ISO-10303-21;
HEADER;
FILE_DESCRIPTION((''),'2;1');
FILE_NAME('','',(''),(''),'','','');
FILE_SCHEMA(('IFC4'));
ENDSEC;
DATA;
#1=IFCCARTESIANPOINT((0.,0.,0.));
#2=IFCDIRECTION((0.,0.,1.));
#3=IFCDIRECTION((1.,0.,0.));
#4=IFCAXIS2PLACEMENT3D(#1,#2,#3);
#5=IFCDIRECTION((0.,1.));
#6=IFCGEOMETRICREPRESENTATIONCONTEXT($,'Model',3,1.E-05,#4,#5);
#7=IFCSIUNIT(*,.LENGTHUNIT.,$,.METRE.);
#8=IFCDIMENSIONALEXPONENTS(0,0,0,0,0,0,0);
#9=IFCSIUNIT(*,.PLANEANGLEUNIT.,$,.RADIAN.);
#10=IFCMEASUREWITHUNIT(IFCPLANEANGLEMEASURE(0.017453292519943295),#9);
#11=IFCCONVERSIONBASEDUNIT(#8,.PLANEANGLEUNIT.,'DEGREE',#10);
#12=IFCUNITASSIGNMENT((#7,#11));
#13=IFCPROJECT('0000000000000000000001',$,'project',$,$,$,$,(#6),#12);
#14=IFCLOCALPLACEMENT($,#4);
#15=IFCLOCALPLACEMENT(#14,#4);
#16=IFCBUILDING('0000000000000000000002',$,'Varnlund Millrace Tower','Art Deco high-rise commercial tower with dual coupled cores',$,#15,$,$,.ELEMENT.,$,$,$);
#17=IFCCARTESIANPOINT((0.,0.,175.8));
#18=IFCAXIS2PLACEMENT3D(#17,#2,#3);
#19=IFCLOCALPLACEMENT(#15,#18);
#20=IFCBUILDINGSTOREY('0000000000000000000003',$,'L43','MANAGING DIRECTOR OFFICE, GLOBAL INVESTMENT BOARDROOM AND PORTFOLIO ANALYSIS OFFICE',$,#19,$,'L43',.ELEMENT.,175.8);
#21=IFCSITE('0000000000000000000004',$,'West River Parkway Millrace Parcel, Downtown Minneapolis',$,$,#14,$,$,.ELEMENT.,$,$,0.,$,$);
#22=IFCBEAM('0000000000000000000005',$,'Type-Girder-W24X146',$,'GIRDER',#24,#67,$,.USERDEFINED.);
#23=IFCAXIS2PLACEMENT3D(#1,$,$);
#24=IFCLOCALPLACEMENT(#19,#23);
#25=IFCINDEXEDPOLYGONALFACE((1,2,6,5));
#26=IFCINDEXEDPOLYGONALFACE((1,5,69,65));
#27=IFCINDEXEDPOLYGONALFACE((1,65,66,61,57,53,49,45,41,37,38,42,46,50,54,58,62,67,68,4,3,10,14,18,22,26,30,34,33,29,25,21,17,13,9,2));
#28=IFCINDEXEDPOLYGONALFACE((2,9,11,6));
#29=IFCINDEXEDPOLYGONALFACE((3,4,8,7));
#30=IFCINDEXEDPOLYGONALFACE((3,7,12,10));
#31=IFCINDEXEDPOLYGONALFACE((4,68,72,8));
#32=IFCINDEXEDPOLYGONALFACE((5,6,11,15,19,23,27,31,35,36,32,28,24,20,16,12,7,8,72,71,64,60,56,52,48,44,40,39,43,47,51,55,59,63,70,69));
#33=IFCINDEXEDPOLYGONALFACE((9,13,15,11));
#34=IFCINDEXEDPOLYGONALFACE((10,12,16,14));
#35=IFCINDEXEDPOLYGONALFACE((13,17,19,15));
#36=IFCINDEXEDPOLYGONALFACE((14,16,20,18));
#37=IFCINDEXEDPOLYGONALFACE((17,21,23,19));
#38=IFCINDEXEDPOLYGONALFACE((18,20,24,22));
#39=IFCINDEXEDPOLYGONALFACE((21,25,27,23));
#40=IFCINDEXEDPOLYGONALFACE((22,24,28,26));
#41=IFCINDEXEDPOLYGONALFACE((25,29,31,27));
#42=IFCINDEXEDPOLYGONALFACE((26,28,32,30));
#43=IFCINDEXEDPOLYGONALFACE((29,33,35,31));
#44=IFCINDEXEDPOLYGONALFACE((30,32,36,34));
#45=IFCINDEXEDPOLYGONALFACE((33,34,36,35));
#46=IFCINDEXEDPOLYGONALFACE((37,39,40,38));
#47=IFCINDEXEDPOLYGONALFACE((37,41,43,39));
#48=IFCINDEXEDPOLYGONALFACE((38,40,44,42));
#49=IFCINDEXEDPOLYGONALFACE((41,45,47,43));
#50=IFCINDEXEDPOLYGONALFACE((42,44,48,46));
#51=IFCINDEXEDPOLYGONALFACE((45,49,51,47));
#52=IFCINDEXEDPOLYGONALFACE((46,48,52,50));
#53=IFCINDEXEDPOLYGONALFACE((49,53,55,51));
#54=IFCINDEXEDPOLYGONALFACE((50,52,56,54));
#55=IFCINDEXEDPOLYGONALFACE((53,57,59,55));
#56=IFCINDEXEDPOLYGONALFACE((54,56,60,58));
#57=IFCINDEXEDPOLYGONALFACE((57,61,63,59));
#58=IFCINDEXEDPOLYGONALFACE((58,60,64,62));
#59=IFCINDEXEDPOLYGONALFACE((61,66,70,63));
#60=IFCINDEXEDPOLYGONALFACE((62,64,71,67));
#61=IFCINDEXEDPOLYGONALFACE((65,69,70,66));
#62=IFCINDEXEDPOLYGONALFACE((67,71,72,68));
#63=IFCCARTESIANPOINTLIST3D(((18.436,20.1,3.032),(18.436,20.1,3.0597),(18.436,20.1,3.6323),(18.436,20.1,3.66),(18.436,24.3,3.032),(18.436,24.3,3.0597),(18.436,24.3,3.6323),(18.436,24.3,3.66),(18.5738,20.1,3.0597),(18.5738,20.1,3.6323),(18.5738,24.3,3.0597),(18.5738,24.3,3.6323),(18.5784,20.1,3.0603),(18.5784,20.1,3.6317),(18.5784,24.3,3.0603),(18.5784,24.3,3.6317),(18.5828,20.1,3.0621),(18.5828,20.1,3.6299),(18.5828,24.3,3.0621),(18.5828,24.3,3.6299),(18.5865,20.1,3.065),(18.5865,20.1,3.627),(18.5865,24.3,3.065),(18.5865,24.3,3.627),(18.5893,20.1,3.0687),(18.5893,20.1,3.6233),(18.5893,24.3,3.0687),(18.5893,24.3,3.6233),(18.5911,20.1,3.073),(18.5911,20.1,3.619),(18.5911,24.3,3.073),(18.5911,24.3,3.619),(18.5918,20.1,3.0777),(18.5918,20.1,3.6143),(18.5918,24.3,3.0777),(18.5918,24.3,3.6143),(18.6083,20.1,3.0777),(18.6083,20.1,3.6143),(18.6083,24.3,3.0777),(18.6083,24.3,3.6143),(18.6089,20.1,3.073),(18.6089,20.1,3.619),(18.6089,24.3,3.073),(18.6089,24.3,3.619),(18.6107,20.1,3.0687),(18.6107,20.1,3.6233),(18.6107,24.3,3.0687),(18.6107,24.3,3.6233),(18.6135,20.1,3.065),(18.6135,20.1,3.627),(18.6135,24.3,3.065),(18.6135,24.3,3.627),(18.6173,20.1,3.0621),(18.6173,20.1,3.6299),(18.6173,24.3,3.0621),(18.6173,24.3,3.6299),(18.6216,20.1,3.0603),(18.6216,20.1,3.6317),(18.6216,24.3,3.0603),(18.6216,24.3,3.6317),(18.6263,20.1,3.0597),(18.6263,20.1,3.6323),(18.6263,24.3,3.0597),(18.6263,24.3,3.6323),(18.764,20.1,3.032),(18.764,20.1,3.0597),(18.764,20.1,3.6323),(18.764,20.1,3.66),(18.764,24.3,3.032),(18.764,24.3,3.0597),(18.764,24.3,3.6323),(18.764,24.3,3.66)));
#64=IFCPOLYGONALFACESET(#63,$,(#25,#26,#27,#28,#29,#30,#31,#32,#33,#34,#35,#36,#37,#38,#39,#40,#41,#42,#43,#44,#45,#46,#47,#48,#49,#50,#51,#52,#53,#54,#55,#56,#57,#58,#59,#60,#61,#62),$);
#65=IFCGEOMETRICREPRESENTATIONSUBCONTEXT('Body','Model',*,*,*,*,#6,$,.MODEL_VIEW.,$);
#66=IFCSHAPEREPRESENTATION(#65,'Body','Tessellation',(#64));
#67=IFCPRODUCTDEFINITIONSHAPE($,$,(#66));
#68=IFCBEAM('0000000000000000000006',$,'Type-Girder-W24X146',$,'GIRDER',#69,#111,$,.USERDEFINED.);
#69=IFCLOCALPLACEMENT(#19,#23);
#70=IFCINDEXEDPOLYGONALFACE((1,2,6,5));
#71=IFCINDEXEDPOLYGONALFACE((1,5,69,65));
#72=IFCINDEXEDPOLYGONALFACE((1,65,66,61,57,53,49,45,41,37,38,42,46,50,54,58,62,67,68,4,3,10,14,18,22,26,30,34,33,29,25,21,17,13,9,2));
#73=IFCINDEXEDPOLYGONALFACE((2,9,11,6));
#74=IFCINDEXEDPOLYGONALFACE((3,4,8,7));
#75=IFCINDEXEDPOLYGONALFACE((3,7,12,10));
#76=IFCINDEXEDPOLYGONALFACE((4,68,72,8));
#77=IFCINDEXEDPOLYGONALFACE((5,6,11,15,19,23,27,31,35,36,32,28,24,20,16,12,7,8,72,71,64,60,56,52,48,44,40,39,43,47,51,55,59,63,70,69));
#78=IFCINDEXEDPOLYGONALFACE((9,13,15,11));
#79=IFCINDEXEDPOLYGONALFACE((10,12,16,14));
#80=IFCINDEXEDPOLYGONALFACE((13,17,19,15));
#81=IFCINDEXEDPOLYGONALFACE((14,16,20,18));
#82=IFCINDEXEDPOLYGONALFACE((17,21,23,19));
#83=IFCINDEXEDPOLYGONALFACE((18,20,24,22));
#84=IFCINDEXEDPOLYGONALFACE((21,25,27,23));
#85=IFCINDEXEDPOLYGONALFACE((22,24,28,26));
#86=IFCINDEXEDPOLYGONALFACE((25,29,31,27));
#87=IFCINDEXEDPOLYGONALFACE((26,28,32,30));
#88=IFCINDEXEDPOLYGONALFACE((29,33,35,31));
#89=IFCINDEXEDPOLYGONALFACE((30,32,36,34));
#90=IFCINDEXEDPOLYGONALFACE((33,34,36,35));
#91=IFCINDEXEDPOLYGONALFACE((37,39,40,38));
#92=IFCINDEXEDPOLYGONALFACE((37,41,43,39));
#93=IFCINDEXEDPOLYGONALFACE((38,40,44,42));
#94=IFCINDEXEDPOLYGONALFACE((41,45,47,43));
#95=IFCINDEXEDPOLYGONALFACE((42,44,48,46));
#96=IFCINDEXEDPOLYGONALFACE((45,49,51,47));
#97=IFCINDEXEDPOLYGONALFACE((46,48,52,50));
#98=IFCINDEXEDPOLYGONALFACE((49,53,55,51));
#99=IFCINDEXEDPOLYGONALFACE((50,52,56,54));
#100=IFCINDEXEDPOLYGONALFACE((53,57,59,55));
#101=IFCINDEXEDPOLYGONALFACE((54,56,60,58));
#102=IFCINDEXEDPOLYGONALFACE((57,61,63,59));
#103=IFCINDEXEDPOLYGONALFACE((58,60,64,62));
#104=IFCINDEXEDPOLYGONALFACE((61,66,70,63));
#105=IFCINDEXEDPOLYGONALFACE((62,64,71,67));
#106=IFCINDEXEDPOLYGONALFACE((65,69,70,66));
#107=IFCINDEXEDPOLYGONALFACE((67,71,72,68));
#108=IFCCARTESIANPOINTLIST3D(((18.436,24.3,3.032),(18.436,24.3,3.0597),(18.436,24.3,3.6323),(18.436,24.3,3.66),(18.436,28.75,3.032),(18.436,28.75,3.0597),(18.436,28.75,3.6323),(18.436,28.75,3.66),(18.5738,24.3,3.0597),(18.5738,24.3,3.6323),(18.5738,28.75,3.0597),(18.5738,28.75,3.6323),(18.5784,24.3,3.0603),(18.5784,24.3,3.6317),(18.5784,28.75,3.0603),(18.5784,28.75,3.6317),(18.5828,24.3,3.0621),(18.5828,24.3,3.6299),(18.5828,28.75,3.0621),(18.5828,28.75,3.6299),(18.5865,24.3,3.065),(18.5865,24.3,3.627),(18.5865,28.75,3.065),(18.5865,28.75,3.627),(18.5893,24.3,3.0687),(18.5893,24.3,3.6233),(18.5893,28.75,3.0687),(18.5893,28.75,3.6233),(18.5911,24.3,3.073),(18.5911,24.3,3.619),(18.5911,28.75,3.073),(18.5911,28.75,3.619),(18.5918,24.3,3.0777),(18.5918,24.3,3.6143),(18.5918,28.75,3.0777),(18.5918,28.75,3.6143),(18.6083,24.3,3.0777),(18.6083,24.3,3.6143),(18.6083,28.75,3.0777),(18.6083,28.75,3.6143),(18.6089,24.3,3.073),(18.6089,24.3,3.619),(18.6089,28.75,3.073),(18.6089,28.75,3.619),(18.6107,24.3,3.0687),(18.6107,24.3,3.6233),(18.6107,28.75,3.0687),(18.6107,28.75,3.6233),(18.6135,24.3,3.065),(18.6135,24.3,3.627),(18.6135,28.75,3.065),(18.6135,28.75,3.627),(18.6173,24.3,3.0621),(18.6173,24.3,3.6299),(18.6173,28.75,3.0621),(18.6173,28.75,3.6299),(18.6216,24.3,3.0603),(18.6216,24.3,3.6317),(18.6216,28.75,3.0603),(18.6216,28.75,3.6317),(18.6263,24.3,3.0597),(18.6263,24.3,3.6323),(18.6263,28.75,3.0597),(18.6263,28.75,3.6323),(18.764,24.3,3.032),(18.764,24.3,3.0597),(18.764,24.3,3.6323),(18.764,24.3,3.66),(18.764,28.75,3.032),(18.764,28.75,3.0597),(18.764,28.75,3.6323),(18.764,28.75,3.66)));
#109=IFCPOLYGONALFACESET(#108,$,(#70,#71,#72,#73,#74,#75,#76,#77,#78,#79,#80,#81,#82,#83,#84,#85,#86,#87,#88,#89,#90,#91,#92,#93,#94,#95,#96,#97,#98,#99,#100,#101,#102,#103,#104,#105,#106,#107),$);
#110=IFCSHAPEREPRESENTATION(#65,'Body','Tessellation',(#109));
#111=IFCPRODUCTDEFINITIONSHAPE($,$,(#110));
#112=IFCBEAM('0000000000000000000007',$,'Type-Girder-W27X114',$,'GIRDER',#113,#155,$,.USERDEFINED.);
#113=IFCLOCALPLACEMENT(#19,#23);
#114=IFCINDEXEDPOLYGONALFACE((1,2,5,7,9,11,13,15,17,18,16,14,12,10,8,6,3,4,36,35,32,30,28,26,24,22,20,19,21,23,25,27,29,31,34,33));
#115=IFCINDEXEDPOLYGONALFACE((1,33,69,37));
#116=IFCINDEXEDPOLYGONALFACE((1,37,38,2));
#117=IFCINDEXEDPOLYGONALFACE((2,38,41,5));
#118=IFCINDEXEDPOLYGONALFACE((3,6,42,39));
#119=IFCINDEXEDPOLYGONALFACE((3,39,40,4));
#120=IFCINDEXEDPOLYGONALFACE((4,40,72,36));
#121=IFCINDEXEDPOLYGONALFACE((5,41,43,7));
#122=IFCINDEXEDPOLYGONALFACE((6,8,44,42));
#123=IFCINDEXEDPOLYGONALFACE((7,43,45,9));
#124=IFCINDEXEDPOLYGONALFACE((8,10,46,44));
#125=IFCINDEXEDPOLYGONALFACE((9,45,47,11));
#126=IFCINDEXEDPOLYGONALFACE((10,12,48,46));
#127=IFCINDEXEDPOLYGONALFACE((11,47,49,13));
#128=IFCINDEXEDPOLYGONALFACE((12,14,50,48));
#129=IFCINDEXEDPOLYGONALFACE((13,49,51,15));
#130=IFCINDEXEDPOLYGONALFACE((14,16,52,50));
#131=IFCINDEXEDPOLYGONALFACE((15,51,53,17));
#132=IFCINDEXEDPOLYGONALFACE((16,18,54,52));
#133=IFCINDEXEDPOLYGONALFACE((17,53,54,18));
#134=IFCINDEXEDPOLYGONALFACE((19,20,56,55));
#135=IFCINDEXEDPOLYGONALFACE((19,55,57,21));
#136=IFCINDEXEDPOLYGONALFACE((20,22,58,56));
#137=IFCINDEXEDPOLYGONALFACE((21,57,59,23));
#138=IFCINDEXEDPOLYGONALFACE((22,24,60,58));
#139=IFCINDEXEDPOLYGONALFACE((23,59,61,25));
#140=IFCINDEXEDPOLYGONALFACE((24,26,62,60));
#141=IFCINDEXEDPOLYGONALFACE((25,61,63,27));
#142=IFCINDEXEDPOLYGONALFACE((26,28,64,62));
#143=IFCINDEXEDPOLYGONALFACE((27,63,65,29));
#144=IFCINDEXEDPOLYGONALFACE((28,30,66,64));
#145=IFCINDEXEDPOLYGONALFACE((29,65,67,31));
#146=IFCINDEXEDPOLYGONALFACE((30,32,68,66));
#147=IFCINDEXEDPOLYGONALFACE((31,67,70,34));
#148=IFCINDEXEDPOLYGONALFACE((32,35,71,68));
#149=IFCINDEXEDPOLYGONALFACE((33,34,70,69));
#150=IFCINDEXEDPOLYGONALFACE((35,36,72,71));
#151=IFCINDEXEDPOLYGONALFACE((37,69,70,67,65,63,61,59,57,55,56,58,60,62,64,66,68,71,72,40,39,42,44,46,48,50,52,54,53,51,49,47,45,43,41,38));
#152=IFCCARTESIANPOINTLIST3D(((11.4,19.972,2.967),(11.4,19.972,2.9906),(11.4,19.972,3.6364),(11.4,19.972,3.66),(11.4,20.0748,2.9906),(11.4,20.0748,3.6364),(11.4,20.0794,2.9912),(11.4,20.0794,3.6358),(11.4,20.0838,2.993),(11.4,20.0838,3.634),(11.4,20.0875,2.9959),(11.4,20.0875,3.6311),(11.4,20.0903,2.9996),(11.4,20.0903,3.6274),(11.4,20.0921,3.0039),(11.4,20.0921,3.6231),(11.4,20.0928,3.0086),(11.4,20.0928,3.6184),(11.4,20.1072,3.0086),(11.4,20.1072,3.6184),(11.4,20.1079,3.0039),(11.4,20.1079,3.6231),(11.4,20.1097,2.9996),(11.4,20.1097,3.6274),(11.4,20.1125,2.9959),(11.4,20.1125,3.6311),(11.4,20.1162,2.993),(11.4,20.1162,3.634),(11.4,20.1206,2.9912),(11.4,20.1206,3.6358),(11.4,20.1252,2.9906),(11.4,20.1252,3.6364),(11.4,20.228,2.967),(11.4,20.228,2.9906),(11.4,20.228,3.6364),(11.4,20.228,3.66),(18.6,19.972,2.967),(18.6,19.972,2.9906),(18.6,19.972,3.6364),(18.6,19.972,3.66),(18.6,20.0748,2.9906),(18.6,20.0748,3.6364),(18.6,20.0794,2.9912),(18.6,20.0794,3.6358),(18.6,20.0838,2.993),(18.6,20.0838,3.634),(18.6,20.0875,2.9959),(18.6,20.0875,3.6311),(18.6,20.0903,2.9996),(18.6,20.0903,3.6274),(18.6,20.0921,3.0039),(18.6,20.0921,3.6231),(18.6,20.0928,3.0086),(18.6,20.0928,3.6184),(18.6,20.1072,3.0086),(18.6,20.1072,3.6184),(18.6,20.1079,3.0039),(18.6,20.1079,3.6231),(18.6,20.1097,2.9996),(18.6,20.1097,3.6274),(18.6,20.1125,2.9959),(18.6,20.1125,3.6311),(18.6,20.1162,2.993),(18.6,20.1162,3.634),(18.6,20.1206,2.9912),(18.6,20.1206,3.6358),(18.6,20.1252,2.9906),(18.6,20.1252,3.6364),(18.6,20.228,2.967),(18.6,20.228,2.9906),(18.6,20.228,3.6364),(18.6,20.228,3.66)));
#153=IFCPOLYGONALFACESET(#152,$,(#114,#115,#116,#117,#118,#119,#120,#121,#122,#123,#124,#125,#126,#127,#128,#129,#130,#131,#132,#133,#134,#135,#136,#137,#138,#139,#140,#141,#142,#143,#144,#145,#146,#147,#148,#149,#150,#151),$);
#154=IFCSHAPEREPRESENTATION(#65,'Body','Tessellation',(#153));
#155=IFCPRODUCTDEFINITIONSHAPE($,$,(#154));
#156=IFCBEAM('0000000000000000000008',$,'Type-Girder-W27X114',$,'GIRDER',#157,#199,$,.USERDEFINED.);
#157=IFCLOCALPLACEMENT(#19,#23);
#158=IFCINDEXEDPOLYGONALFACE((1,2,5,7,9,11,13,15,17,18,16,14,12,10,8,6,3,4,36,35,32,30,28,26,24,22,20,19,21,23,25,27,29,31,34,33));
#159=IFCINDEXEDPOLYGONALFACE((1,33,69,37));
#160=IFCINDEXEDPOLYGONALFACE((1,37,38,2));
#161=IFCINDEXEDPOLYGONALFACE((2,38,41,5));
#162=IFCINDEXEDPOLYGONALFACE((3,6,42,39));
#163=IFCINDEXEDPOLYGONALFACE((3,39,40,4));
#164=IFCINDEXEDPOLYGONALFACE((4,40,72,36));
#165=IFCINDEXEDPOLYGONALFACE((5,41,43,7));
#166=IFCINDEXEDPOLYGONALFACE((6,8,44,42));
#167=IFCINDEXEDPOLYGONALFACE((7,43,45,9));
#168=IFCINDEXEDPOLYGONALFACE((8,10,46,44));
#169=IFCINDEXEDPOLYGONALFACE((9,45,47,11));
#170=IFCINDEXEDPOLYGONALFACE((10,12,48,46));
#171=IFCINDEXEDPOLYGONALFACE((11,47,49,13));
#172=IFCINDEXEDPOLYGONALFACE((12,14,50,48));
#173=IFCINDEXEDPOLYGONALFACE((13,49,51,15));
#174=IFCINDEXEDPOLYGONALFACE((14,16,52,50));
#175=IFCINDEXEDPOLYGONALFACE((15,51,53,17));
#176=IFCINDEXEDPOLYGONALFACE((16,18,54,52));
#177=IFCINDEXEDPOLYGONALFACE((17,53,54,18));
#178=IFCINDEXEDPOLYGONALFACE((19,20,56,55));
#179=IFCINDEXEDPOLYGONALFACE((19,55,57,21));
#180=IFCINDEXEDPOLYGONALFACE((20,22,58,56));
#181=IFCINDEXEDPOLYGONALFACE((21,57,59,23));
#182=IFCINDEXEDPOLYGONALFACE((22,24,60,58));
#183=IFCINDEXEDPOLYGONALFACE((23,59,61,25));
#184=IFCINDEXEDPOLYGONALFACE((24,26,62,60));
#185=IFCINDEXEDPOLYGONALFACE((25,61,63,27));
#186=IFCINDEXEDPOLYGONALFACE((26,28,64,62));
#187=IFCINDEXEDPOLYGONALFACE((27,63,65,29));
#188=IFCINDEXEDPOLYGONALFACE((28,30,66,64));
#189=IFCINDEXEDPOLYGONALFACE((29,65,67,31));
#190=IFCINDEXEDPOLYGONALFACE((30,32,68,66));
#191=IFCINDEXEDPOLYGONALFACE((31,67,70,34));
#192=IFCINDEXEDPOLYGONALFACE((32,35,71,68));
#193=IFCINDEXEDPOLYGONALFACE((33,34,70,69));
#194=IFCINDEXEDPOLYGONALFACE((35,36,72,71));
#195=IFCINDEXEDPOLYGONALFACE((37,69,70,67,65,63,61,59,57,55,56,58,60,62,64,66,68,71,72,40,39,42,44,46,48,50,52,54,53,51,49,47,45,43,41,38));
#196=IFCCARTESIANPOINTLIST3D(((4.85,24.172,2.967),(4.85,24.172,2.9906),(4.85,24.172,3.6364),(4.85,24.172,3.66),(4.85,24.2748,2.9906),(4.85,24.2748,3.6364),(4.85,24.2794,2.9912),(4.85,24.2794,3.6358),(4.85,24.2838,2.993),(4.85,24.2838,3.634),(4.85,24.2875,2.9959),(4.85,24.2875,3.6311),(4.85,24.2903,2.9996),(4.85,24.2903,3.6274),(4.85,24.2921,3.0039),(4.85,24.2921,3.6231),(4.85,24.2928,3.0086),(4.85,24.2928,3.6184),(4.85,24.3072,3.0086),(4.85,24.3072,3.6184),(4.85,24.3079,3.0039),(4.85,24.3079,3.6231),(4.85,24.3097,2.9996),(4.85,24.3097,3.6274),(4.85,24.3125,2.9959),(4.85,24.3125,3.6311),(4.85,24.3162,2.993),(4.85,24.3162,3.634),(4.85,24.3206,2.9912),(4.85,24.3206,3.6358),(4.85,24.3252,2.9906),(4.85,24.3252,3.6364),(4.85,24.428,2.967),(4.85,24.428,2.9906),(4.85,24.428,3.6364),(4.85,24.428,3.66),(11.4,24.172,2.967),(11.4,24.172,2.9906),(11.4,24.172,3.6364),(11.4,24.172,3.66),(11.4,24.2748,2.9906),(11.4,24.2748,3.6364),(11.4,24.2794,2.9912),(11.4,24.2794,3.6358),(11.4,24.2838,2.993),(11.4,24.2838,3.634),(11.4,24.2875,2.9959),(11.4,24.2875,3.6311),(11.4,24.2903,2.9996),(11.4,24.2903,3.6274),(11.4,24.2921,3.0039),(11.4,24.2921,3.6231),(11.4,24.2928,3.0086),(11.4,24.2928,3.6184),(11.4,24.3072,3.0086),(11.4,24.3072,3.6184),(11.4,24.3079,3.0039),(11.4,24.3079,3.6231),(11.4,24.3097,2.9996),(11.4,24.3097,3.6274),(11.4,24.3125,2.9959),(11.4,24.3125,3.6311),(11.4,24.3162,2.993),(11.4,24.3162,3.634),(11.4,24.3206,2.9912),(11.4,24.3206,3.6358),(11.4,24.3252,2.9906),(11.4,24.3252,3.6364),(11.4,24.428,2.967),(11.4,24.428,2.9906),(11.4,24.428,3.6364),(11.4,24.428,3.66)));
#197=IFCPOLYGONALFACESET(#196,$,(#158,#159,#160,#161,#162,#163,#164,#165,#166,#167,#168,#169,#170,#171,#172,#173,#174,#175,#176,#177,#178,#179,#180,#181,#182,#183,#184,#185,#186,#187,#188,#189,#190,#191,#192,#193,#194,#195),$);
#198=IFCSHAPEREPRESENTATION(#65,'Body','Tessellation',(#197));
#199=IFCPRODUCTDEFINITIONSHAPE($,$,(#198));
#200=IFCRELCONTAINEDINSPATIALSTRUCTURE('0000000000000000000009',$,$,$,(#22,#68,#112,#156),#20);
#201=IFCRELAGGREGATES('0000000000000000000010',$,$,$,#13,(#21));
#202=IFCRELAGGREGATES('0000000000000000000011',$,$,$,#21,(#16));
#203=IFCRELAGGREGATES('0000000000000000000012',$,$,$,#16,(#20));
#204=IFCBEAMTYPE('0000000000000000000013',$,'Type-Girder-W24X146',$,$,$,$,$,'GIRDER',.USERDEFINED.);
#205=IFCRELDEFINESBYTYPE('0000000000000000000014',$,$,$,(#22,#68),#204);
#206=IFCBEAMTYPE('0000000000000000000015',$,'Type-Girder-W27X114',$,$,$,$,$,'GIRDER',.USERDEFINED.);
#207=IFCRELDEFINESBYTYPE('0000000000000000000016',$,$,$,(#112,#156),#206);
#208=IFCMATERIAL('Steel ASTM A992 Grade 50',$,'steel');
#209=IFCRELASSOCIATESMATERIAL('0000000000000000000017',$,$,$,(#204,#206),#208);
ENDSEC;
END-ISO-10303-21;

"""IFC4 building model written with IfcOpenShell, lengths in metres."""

from ifc_helpers import new_model, entity, si_unit, converted_unit, direction, frame, origin_with_axes, origin_2d_with_axis, place, context, subcontext, project, spatial, i_section, extrude, material, material_profile, profile_set, type_object, element, save


model = new_model("IFC4")

# Units and contexts
model_context = context("Model", 3, precision=1e-05, world=origin_with_axes(), true_north=direction((0.0, 1.0)))
body_context = subcontext(model_context, "Body", "Model", "MODEL_VIEW")
ifc_project = project(units=[si_unit("LENGTHUNIT", "METRE"), converted_unit("PLANEANGLEUNIT", "DEGREE", entity("IfcPlaneAngleMeasure", 0.017453292519943295), si_unit("PLANEANGLEUNIT", "RADIAN"), dimensions=[0, 0, 0, 0, 0, 0, 0])], contexts=[model_context])

# Site, building, storey
site_placement = place(None, origin_with_axes())
site = spatial("IfcSite", under=ifc_project, at=site_placement, Name="West River Parkway Millrace Parcel, Downtown Minneapolis", CompositionType="ELEMENT", RefElevation=0.0)
building_placement = place(site_placement, origin_with_axes())
building = spatial("IfcBuilding", under=site, at=building_placement, Name="Varnlund Millrace Tower", Description="Art Deco high-rise commercial tower with dual coupled cores", CompositionType="ELEMENT")
storey_placement = place(building_placement, frame((0.0, 0.0, 175.8), z_axis=(0.0, 0.0, 1.0), x_axis=(1.0, 0.0, 0.0)))
storey = spatial("IfcBuildingStorey", under=building, at=storey_placement, Name="L43", Description="MANAGING DIRECTOR OFFICE, GLOBAL INVESTMENT BOARDROOM AND PORTFOLIO ANALYSIS OFFICE", LongName="L43", CompositionType="ELEMENT", Elevation=175.8)

# Beams
ifc_material_1 = material(Name="Steel ASTM A992 Grade 50", Category="steel")
ifc_material_profile_1 = material_profile(ifc_material_1, i_section(OverallWidth=0.328, OverallDepth=0.628, WebThickness=0.0165, FlangeThickness=0.0277, FilletRadius=0.018, at=origin_2d_with_axis()), Name="Steel ASTM A992 Grade 50")
ifc_profile_set_1 = profile_set([ifc_material_profile_1], Name="Steel ASTM A992 Grade 50")
beam_type_1 = type_object("IfcBeamType", Name="Type-Girder-W24X146", ElementType="GIRDER", PredefinedType="USERDEFINED", material=ifc_profile_set_1)
beam_1_placement = place(storey_placement, frame((18.6, 20.1, 3.346), z_axis=(0.0, 1.0, 0.0), x_axis=(-1.0, 0.0, 0.0)))
element("IfcBeam", 1, at=beam_1_placement, inside=storey, type_object=beam_type_1, Name="Type-Girder-W24X146", ObjectType="GIRDER", PredefinedType="USERDEFINED", context=body_context, shape_type="SweptSolid", body=[
    extrude(i_section(OverallWidth=0.328, OverallDepth=0.628, WebThickness=0.0165, FlangeThickness=0.0277, FilletRadius=0.018, at=origin_2d_with_axis()), origin_with_axes(), (0.0, 0.0, 1.0), 4.2),
])
beam_2_placement = place(storey_placement, frame((18.6, 24.3, 3.346), z_axis=(0.0, 1.0, 0.0), x_axis=(-1.0, 0.0, 0.0)))
element("IfcBeam", 2, at=beam_2_placement, inside=storey, type_object=beam_type_1, Name="Type-Girder-W24X146", ObjectType="GIRDER", PredefinedType="USERDEFINED", context=body_context, shape_type="SweptSolid", body=[
    extrude(i_section(OverallWidth=0.328, OverallDepth=0.628, WebThickness=0.0165, FlangeThickness=0.0277, FilletRadius=0.018, at=origin_2d_with_axis()), origin_with_axes(), (0.0, 0.0, 1.0), 4.45),
])
ifc_material_profile_2 = material_profile(ifc_material_1, i_section(OverallWidth=0.256, OverallDepth=0.693, WebThickness=0.0145, FlangeThickness=0.0236, FilletRadius=0.018, at=origin_2d_with_axis()), Name="Steel ASTM A992 Grade 50")
ifc_profile_set_2 = profile_set([ifc_material_profile_2], Name="Steel ASTM A992 Grade 50")
beam_type_2 = type_object("IfcBeamType", Name="Type-Girder-W27X114", ElementType="GIRDER", PredefinedType="USERDEFINED", material=ifc_profile_set_2)
beam_3_placement = place(storey_placement, frame((11.4, 20.1, 3.3135), z_axis=(1.0, 0.0, 0.0), x_axis=(0.0, 1.0, 0.0)))
element("IfcBeam", 3, at=beam_3_placement, inside=storey, type_object=beam_type_2, Name="Type-Girder-W27X114", ObjectType="GIRDER", PredefinedType="USERDEFINED", context=body_context, shape_type="SweptSolid", body=[
    extrude(i_section(OverallWidth=0.256, OverallDepth=0.693, WebThickness=0.0145, FlangeThickness=0.0236, FilletRadius=0.018, at=origin_2d_with_axis()), origin_with_axes(), (0.0, 0.0, 1.0), 7.2),
])
beam_4_placement = place(storey_placement, frame((4.85, 24.3, 3.3135), z_axis=(1.0, 0.0, 0.0), x_axis=(0.0, 1.0, 0.0)))
element("IfcBeam", 4, at=beam_4_placement, inside=storey, type_object=beam_type_2, Name="Type-Girder-W27X114", ObjectType="GIRDER", PredefinedType="USERDEFINED", context=body_context, shape_type="SweptSolid", body=[
    extrude(i_section(OverallWidth=0.256, OverallDepth=0.693, WebThickness=0.0145, FlangeThickness=0.0236, FilletRadius=0.018, at=origin_2d_with_axis()), origin_with_axes(), (0.0, 0.0, 1.0), 6.55),
])

save(model, "model.ifc")
